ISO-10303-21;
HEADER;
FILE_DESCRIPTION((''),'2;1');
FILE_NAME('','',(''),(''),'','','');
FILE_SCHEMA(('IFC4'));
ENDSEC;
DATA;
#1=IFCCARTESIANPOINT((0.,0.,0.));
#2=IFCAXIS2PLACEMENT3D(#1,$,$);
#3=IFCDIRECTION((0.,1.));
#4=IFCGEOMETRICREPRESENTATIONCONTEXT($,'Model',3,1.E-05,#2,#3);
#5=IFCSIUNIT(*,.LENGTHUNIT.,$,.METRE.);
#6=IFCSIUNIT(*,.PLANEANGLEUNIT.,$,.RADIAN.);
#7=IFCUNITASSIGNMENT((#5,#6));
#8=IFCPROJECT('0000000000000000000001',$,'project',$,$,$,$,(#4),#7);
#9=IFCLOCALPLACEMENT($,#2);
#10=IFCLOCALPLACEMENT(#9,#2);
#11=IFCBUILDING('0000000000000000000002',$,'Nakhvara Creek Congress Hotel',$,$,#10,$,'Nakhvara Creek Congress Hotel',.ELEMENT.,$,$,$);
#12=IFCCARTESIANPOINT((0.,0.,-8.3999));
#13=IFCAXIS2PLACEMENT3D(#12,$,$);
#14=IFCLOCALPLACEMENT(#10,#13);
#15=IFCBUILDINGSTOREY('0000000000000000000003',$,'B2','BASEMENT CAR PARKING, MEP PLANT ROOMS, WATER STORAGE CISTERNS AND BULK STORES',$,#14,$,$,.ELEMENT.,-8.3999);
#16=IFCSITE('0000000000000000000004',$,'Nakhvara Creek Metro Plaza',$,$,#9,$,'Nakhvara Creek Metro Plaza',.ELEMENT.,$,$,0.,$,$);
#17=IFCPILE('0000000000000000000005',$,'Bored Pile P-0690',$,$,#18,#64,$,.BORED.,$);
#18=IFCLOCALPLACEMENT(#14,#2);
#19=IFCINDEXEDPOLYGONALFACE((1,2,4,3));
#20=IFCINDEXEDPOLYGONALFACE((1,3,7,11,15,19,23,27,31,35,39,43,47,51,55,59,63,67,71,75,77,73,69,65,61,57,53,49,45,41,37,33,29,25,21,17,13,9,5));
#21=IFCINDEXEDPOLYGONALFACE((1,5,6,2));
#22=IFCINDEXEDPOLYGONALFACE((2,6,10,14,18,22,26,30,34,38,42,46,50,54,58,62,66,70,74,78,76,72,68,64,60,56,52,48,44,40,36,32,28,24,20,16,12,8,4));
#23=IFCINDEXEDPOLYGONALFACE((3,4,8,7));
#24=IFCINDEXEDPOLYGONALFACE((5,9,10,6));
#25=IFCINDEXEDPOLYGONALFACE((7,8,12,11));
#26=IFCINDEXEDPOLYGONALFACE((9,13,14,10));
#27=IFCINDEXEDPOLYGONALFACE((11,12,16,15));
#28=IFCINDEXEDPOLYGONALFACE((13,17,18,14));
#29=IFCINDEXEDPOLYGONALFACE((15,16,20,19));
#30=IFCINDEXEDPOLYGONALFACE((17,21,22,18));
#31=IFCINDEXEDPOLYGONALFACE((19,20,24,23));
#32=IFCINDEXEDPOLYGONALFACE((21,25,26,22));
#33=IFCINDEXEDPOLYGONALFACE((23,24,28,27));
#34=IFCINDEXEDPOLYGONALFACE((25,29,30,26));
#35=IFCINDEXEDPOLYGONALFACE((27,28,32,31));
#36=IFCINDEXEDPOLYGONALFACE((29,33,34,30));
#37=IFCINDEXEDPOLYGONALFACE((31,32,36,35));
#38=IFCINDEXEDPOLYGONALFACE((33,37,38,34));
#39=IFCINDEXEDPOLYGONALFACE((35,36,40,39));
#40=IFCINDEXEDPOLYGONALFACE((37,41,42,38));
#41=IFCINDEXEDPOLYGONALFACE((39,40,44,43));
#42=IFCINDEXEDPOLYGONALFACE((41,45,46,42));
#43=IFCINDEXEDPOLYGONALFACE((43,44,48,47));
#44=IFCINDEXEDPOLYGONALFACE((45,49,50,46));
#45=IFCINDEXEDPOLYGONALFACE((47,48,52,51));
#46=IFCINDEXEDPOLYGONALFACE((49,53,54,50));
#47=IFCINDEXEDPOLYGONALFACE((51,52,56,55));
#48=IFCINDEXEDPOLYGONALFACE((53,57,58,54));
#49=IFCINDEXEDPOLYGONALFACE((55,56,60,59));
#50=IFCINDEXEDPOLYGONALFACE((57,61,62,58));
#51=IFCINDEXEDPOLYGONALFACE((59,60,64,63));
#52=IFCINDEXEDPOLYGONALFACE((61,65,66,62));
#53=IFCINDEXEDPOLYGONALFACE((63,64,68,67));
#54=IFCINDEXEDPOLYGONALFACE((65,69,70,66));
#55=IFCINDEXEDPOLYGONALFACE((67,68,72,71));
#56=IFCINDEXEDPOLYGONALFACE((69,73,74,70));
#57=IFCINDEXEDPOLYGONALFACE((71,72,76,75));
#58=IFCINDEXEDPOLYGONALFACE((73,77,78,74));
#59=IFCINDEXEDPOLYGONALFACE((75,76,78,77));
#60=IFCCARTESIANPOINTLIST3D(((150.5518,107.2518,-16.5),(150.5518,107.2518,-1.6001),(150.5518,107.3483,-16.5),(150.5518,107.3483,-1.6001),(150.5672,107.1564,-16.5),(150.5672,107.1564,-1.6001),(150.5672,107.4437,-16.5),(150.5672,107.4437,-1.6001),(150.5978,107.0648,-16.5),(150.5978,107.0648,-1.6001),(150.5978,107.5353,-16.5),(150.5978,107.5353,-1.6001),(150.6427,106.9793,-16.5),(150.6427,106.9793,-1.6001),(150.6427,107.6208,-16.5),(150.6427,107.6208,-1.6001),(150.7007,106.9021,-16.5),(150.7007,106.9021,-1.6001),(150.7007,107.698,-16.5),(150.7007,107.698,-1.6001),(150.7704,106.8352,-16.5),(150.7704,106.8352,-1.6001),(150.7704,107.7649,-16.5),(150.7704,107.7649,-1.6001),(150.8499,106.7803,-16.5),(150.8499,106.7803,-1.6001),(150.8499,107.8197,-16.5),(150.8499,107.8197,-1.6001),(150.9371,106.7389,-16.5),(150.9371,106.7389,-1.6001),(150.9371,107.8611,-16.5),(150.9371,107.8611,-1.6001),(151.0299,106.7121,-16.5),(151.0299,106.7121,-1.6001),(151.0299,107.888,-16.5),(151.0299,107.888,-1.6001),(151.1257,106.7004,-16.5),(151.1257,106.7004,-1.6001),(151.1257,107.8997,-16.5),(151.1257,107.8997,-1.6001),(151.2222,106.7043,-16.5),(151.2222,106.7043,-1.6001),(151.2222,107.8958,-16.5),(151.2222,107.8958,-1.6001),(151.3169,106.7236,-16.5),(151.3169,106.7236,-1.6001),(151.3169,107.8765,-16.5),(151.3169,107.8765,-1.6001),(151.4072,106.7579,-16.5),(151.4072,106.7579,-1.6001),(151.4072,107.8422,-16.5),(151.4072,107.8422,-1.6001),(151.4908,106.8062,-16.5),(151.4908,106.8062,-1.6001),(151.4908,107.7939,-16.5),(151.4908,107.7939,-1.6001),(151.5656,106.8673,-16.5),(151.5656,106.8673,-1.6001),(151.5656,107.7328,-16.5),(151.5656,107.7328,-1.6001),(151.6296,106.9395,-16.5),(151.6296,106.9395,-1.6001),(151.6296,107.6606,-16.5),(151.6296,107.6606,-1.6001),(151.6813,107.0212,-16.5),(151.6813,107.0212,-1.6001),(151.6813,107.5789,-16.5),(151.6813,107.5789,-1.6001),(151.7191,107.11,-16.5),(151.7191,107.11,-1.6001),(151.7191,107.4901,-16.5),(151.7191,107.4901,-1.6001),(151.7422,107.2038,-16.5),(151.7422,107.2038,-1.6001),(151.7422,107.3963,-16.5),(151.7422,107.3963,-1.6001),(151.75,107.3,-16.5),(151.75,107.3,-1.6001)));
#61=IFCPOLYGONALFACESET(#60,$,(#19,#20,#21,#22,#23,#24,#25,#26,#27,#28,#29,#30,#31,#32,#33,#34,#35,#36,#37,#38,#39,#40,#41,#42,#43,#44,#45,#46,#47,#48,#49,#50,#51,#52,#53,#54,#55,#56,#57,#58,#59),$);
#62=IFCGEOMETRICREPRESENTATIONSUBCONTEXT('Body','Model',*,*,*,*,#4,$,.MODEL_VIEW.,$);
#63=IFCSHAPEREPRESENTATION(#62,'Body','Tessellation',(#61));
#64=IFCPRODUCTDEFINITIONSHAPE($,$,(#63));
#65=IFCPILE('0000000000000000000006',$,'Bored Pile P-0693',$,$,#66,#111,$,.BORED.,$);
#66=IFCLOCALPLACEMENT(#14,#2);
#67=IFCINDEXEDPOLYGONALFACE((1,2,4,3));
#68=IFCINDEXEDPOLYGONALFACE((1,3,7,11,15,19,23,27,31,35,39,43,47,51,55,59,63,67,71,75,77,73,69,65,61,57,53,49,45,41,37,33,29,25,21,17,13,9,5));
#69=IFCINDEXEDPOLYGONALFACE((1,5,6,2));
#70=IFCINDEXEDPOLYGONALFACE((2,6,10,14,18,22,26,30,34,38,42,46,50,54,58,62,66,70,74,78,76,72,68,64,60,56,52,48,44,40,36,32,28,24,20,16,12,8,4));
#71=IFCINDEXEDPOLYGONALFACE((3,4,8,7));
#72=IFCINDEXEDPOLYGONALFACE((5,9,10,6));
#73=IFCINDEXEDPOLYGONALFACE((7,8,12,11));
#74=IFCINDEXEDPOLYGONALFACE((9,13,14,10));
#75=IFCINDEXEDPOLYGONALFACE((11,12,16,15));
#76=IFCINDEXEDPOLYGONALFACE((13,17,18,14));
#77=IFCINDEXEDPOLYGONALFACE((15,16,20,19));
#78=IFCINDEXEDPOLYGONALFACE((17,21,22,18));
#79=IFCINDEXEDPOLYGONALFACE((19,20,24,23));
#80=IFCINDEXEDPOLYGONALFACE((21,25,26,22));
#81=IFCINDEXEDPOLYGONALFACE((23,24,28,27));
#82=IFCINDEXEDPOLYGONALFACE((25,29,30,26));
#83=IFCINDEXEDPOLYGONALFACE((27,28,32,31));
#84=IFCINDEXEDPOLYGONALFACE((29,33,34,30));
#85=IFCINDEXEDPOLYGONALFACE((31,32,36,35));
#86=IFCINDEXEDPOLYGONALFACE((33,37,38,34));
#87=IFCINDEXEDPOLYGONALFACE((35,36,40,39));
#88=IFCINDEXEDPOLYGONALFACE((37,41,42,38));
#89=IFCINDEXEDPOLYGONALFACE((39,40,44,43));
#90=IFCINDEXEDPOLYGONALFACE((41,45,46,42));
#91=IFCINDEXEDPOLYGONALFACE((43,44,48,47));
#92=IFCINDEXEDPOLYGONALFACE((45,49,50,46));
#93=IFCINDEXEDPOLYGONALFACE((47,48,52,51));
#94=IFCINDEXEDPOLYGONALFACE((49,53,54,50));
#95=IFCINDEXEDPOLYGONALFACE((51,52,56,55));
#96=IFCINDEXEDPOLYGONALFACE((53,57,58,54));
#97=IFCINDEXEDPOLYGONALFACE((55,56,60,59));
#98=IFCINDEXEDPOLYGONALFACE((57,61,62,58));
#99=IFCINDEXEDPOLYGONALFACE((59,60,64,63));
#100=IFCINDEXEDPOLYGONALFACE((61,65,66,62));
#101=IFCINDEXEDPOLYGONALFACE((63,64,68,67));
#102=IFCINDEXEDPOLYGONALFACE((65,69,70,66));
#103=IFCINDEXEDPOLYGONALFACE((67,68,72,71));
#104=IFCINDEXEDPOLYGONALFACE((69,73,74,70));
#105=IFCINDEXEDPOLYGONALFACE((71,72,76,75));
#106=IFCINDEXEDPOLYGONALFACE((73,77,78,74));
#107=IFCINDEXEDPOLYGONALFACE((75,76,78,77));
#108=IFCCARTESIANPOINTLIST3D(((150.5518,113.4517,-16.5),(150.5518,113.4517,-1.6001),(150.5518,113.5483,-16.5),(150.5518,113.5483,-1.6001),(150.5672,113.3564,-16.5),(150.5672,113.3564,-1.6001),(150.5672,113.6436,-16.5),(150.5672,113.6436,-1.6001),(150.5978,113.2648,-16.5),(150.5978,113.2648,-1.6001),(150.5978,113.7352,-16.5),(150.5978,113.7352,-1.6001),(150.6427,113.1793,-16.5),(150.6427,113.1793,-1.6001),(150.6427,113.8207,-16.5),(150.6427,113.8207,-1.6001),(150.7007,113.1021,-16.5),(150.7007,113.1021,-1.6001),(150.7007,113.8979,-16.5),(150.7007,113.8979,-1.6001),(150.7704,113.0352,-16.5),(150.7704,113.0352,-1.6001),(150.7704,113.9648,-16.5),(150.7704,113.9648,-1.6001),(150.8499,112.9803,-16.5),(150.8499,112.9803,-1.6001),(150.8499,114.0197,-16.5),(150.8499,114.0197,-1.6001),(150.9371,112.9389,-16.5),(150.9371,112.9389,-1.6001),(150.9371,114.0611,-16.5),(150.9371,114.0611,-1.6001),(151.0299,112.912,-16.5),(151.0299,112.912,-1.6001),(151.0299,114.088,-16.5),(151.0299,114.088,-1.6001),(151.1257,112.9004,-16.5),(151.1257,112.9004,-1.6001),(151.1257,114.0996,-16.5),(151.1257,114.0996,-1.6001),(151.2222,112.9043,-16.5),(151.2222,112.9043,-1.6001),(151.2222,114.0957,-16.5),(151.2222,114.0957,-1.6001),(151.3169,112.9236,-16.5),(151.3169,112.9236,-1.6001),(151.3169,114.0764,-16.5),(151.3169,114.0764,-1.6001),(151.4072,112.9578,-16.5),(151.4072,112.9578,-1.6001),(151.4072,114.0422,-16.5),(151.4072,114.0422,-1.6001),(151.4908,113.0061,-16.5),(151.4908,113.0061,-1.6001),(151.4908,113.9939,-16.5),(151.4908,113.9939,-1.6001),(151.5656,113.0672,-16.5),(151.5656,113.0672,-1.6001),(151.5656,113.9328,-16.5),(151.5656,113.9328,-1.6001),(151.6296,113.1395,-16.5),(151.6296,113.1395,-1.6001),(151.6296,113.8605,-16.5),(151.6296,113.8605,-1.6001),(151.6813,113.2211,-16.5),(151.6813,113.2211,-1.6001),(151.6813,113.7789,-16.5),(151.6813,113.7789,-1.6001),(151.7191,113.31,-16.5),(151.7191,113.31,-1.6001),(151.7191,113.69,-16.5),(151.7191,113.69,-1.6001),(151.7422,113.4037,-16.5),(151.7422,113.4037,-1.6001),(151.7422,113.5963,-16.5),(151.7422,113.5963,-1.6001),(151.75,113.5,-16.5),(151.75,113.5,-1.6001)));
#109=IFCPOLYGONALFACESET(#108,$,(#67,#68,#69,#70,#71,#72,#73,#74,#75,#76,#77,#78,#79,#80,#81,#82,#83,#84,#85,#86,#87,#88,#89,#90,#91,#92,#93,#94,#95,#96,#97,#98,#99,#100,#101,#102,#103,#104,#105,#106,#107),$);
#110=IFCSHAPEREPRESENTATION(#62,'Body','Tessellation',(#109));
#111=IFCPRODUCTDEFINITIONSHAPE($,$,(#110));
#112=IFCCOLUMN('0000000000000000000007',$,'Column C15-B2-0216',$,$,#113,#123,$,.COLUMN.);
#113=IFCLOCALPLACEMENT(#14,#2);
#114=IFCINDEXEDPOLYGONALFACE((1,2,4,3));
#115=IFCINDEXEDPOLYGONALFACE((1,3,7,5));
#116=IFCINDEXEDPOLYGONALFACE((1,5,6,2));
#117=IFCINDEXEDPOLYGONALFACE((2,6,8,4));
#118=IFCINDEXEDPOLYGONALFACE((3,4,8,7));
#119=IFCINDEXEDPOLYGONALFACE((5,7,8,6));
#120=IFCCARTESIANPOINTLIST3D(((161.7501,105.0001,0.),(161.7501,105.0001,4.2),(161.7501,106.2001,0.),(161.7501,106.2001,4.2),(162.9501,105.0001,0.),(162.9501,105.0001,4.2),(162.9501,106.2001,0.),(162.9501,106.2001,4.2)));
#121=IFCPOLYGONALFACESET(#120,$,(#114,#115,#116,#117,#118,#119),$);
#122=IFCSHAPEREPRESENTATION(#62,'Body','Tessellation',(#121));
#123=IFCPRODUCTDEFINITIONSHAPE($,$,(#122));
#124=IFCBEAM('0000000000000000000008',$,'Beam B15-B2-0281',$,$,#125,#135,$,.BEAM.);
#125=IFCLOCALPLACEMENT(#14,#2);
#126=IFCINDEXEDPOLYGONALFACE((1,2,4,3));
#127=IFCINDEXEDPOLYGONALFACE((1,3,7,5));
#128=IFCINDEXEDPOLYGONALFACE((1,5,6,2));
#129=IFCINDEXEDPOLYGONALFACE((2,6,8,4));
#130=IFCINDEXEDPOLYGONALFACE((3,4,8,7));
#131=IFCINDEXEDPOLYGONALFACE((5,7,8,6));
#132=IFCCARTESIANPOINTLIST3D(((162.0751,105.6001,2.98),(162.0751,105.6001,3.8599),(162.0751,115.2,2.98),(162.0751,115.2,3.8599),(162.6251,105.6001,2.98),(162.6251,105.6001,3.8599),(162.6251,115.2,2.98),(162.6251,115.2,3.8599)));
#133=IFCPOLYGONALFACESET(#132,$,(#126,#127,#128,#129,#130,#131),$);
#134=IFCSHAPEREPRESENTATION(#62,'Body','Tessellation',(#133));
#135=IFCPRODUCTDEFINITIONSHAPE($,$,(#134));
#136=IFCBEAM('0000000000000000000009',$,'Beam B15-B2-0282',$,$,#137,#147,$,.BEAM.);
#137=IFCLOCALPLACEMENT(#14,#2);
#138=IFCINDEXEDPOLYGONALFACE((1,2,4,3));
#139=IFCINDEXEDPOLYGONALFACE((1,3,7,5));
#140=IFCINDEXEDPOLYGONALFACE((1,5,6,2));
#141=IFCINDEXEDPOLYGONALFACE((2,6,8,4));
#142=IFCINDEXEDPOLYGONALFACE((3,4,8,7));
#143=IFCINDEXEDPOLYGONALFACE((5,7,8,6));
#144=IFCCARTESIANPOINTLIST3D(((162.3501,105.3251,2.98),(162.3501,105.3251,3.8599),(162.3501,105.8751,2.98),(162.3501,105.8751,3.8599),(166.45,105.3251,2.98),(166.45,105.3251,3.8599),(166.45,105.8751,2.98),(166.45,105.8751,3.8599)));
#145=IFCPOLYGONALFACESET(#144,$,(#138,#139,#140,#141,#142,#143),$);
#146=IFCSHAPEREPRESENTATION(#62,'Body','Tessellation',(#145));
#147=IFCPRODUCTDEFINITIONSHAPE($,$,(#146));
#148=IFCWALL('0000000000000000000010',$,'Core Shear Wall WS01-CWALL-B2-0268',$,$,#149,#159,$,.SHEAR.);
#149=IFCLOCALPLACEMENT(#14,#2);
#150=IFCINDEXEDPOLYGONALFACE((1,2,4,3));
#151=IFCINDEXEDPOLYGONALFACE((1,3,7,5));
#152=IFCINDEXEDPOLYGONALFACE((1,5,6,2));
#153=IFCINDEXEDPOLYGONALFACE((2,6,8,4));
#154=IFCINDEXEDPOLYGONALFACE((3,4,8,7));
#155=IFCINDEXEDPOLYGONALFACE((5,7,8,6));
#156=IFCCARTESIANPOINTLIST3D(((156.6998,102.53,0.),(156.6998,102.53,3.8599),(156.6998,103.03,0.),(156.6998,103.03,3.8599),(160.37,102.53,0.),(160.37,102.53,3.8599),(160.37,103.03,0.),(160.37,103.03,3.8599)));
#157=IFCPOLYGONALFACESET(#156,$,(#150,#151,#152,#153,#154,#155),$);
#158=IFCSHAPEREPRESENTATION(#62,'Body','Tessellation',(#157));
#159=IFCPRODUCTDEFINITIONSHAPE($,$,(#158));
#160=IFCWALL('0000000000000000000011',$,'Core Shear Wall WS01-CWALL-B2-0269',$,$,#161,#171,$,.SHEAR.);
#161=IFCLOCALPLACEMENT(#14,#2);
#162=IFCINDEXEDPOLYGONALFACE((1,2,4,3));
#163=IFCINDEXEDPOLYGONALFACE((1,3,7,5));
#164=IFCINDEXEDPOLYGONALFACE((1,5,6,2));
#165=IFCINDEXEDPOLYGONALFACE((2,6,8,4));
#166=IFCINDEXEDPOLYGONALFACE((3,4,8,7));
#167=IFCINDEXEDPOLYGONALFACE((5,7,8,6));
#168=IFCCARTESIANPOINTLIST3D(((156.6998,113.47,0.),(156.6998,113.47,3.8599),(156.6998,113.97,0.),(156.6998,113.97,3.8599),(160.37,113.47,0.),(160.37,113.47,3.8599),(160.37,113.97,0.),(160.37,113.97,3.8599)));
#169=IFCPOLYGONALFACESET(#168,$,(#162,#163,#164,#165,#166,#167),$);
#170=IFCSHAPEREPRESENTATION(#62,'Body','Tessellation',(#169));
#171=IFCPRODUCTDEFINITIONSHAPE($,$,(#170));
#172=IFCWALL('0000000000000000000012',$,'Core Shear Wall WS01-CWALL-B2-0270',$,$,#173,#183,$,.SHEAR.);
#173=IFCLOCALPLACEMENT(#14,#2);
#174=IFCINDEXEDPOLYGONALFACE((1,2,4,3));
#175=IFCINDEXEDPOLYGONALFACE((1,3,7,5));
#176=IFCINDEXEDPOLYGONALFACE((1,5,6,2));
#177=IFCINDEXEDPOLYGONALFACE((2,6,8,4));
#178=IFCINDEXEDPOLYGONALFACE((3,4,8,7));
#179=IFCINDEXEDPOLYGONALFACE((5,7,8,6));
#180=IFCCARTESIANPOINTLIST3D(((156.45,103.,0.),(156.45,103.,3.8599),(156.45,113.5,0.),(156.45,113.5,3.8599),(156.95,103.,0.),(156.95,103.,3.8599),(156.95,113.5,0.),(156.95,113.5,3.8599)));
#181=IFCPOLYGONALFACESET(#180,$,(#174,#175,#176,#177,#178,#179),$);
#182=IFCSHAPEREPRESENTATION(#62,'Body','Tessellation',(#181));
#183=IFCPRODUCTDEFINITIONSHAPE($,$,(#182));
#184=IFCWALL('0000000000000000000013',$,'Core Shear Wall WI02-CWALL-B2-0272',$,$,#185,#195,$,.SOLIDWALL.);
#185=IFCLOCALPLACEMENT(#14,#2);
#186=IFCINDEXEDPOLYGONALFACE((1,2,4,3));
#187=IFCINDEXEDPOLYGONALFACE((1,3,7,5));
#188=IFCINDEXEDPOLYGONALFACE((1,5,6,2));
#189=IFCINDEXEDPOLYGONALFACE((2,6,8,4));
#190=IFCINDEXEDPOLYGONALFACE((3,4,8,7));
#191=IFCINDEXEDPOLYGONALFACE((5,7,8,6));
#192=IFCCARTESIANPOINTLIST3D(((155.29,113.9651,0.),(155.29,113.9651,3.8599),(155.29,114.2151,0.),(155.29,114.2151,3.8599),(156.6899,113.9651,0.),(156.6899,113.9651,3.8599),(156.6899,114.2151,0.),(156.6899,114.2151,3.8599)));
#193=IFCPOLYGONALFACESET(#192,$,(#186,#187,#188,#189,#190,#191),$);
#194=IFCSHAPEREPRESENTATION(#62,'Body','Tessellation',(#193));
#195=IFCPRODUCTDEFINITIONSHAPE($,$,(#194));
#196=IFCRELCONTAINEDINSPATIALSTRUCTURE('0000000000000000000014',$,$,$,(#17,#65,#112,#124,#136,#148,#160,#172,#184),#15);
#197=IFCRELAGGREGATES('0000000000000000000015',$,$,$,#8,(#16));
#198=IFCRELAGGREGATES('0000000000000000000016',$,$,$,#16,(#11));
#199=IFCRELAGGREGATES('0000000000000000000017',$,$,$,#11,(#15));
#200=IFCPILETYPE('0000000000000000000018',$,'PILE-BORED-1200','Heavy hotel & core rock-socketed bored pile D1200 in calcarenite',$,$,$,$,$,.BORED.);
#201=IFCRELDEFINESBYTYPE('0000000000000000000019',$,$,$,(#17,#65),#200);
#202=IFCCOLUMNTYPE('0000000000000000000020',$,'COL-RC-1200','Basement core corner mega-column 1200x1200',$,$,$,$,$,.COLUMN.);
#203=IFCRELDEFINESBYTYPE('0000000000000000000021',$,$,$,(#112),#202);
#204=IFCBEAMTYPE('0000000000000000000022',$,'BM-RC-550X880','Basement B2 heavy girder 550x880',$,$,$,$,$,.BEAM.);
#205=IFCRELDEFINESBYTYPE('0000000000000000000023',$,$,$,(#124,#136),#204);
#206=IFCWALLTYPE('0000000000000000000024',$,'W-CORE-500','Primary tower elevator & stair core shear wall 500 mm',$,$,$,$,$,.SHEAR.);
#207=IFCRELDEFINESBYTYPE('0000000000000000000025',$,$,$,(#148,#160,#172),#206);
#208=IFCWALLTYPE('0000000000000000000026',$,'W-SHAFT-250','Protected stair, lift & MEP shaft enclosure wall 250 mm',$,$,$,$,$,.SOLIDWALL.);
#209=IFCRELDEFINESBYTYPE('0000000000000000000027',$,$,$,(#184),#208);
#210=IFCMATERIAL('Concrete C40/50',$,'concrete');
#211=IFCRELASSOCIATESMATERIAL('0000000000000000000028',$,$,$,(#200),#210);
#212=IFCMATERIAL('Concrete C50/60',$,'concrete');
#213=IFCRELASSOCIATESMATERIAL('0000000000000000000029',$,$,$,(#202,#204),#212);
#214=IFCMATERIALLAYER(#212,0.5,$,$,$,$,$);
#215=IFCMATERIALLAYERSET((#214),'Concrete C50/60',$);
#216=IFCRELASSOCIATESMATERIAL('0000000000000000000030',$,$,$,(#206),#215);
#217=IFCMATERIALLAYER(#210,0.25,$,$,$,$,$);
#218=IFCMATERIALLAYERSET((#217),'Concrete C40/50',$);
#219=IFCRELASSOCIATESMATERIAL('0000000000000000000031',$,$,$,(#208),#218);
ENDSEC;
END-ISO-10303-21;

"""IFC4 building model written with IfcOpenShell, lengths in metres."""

from ifc_helpers import new_model, si_unit, direction, frame, frame_2d, origin, origin_2d, place, context, subcontext, project, spatial, rectangle, circle, extrude, material, layer, layer_set, material_profile, profile_set, type_object, element, save


model = new_model("IFC4")

# Units and contexts
model_context = context("Model", 3, precision=1e-05, world=origin(), true_north=direction((0.0, 1.0)))
body_context = subcontext(model_context, "Body", "Model", "MODEL_VIEW")
ifc_project = project(units=[si_unit("LENGTHUNIT", "METRE"), si_unit("PLANEANGLEUNIT", "RADIAN")], contexts=[model_context])

# Site, building, storey
site_placement = place(None, origin())
site = spatial("IfcSite", under=ifc_project, at=site_placement, Name="Nakhvara Creek Metro Plaza", LongName="Nakhvara Creek Metro Plaza", CompositionType="ELEMENT", RefElevation=0.0)
building_placement = place(site_placement, origin())
building = spatial("IfcBuilding", under=site, at=building_placement, Name="Nakhvara Creek Congress Hotel", LongName="Nakhvara Creek Congress Hotel", CompositionType="ELEMENT")
storey_placement = place(building_placement, frame((0.0, 0.0, -8.3999)))
storey = spatial("IfcBuildingStorey", under=building, at=storey_placement, Name="B2", Description="BASEMENT CAR PARKING, MEP PLANT ROOMS, WATER STORAGE CISTERNS AND BULK STORES", CompositionType="ELEMENT", Elevation=-8.3999)

# Piles
ifc_material_1 = material(Name="Concrete C40/50", Category="concrete")
ifc_material_profile_1 = material_profile(ifc_material_1, circle(Radius=0.6001, at=origin_2d()), Name="BORED PILE D1200", Category="LoadBearing")
ifc_profile_set_1 = profile_set([ifc_material_profile_1], Name="Concrete C40/50")
pile_type = type_object("IfcPileType", Name="PILE-BORED-1200", Description="Heavy hotel & core rock-socketed bored pile D1200 in calcarenite", PredefinedType="BORED", material=ifc_profile_set_1)
for number, where, z_axis, x_axis, name in (
    (1, (151.1499, 107.3, -1.6001), (0.0, 0.0, -1.0), (1.0, 0.0, 0.0), "Bored Pile P-0690"),
    (2, (151.1499, 113.5, -1.6001), (0.0, 0.0, -1.0), (1.0, 0.0, 0.0), "Bored Pile P-0693"),
):
    element("IfcPile", number, at=place(storey_placement, frame(where, z_axis=z_axis, x_axis=x_axis)), inside=storey, type_object=pile_type, Name=name, PredefinedType="BORED", context=body_context, shape_type="SweptSolid", body=[
        extrude(circle(Radius=0.6001, at=origin_2d()), origin(), (0.0, 0.0, 1.0), 14.8999),
    ])

# Column
ifc_material_2 = material(Name="Concrete C50/60", Category="concrete")
ifc_material_profile_2 = material_profile(ifc_material_2, rectangle(XDim=1.2, YDim=1.2, at=origin_2d()), Name="RC-COL 1200x1200", Category="LoadBearing")
ifc_profile_set_2 = profile_set([ifc_material_profile_2], Name="Concrete C50/60")
column_type = type_object("IfcColumnType", Name="COL-RC-1200", Description="Basement core corner mega-column 1200x1200", PredefinedType="COLUMN", material=ifc_profile_set_2)
column_placement = place(storey_placement, frame((162.3501, 105.6001, 0.0), z_axis=(0.0, 0.0, 1.0), x_axis=(1.0, 0.0, 0.0)))
element("IfcColumn", 3, at=column_placement, inside=storey, type_object=column_type, Name="Column C15-B2-0216", PredefinedType="COLUMN", context=body_context, shape_type="SweptSolid", body=[
    extrude(rectangle(XDim=1.2, YDim=1.2, at=origin_2d()), origin(), (0.0, 0.0, 1.0), 4.2),
])

# Beams
ifc_material_profile_3 = material_profile(ifc_material_2, rectangle(XDim=0.55, YDim=0.8799, at=origin_2d()), Name="RC-BM 550x880", Category="LoadBearing")
ifc_profile_set_3 = profile_set([ifc_material_profile_3], Name="Concrete C50/60")
beam_type = type_object("IfcBeamType", Name="BM-RC-550X880", Description="Basement B2 heavy girder 550x880", PredefinedType="BEAM", material=ifc_profile_set_3)
beam_1_placement = place(storey_placement, frame((162.3501, 105.6001, 3.4199), z_axis=(0.0, 1.0, 0.0), x_axis=(-1.0, 0.0, 0.0)))
element("IfcBeam", 4, at=beam_1_placement, inside=storey, type_object=beam_type, Name="Beam B15-B2-0281", PredefinedType="BEAM", context=body_context, shape_type="SweptSolid", body=[
    extrude(rectangle(XDim=0.55, YDim=0.8799, at=origin_2d()), origin(), (0.0, 0.0, 1.0), 9.5999),
])
beam_2_placement = place(storey_placement, frame((162.3501, 105.6001, 3.4199), z_axis=(1.0, 0.0, 0.0), x_axis=(0.0, 1.0, 0.0)))
element("IfcBeam", 5, at=beam_2_placement, inside=storey, type_object=beam_type, Name="Beam B15-B2-0282", PredefinedType="BEAM", context=body_context, shape_type="SweptSolid", body=[
    extrude(rectangle(XDim=0.55, YDim=0.8799, at=origin_2d()), origin(), (0.0, 0.0, 1.0), 4.0999),
])

# Walls
ifc_layer_1 = layer(ifc_material_2, 0.5)
ifc_layer_set_1 = layer_set([ifc_layer_1], Name="Concrete C50/60")
wall_type_1 = type_object("IfcWallType", Name="W-CORE-500", Description="Primary tower elevator & stair core shear wall 500 mm", PredefinedType="SHEAR", material=ifc_layer_set_1)
for number, where, z_axis, x_axis, name in (
    (6, (156.7, 102.78, 0.0), (0.0, 0.0, 1.0), (1.0, 0.0, 0.0), "Core Shear Wall WS01-CWALL-B2-0268"),
    (7, (156.7, 113.72, 0.0), (0.0, 0.0, 1.0), (1.0, 0.0, 0.0), "Core Shear Wall WS01-CWALL-B2-0269"),
):
    element("IfcWall", number, at=place(storey_placement, frame(where, z_axis=z_axis, x_axis=x_axis)), inside=storey, type_object=wall_type_1, Name=name, PredefinedType="SHEAR", context=body_context, shape_type="SweptSolid", body=[
        extrude(rectangle(XDim=3.6702, YDim=0.5, at=frame_2d((1.835, 0.0))), origin(), (0.0, 0.0, 1.0), 3.8599),
    ])
wall_1_placement = place(storey_placement, frame((156.7, 103.0, 0.0), z_axis=(0.0, 0.0, 1.0), x_axis=(0.0, 1.0, 0.0)))
element("IfcWall", 8, at=wall_1_placement, inside=storey, type_object=wall_type_1, Name="Core Shear Wall WS01-CWALL-B2-0270", PredefinedType="SHEAR", context=body_context, shape_type="SweptSolid", body=[
    extrude(rectangle(XDim=10.5, YDim=0.5, at=frame_2d((5.25, 0.0))), origin(), (0.0, 0.0, 1.0), 3.8599),
])

# Wall
ifc_layer_2 = layer(ifc_material_1, 0.25)
ifc_layer_set_2 = layer_set([ifc_layer_2], Name="Concrete C40/50")
wall_type_2 = type_object("IfcWallType", Name="W-SHAFT-250", Description="Protected stair, lift & MEP shaft enclosure wall 250 mm", PredefinedType="SOLIDWALL", material=ifc_layer_set_2)
wall_2_placement = place(storey_placement, frame((155.29, 114.0901, 0.0), z_axis=(0.0, 0.0, 1.0), x_axis=(1.0, 0.0, 0.0)))
element("IfcWall", 9, at=wall_2_placement, inside=storey, type_object=wall_type_2, Name="Core Shear Wall WI02-CWALL-B2-0272", PredefinedType="SOLIDWALL", context=body_context, shape_type="SweptSolid", body=[
    extrude(rectangle(XDim=1.3999, YDim=0.25, at=frame_2d((0.7, 0.0))), origin(), (0.0, 0.0, 1.0), 3.8599),
])

save(model, "model.ifc")
